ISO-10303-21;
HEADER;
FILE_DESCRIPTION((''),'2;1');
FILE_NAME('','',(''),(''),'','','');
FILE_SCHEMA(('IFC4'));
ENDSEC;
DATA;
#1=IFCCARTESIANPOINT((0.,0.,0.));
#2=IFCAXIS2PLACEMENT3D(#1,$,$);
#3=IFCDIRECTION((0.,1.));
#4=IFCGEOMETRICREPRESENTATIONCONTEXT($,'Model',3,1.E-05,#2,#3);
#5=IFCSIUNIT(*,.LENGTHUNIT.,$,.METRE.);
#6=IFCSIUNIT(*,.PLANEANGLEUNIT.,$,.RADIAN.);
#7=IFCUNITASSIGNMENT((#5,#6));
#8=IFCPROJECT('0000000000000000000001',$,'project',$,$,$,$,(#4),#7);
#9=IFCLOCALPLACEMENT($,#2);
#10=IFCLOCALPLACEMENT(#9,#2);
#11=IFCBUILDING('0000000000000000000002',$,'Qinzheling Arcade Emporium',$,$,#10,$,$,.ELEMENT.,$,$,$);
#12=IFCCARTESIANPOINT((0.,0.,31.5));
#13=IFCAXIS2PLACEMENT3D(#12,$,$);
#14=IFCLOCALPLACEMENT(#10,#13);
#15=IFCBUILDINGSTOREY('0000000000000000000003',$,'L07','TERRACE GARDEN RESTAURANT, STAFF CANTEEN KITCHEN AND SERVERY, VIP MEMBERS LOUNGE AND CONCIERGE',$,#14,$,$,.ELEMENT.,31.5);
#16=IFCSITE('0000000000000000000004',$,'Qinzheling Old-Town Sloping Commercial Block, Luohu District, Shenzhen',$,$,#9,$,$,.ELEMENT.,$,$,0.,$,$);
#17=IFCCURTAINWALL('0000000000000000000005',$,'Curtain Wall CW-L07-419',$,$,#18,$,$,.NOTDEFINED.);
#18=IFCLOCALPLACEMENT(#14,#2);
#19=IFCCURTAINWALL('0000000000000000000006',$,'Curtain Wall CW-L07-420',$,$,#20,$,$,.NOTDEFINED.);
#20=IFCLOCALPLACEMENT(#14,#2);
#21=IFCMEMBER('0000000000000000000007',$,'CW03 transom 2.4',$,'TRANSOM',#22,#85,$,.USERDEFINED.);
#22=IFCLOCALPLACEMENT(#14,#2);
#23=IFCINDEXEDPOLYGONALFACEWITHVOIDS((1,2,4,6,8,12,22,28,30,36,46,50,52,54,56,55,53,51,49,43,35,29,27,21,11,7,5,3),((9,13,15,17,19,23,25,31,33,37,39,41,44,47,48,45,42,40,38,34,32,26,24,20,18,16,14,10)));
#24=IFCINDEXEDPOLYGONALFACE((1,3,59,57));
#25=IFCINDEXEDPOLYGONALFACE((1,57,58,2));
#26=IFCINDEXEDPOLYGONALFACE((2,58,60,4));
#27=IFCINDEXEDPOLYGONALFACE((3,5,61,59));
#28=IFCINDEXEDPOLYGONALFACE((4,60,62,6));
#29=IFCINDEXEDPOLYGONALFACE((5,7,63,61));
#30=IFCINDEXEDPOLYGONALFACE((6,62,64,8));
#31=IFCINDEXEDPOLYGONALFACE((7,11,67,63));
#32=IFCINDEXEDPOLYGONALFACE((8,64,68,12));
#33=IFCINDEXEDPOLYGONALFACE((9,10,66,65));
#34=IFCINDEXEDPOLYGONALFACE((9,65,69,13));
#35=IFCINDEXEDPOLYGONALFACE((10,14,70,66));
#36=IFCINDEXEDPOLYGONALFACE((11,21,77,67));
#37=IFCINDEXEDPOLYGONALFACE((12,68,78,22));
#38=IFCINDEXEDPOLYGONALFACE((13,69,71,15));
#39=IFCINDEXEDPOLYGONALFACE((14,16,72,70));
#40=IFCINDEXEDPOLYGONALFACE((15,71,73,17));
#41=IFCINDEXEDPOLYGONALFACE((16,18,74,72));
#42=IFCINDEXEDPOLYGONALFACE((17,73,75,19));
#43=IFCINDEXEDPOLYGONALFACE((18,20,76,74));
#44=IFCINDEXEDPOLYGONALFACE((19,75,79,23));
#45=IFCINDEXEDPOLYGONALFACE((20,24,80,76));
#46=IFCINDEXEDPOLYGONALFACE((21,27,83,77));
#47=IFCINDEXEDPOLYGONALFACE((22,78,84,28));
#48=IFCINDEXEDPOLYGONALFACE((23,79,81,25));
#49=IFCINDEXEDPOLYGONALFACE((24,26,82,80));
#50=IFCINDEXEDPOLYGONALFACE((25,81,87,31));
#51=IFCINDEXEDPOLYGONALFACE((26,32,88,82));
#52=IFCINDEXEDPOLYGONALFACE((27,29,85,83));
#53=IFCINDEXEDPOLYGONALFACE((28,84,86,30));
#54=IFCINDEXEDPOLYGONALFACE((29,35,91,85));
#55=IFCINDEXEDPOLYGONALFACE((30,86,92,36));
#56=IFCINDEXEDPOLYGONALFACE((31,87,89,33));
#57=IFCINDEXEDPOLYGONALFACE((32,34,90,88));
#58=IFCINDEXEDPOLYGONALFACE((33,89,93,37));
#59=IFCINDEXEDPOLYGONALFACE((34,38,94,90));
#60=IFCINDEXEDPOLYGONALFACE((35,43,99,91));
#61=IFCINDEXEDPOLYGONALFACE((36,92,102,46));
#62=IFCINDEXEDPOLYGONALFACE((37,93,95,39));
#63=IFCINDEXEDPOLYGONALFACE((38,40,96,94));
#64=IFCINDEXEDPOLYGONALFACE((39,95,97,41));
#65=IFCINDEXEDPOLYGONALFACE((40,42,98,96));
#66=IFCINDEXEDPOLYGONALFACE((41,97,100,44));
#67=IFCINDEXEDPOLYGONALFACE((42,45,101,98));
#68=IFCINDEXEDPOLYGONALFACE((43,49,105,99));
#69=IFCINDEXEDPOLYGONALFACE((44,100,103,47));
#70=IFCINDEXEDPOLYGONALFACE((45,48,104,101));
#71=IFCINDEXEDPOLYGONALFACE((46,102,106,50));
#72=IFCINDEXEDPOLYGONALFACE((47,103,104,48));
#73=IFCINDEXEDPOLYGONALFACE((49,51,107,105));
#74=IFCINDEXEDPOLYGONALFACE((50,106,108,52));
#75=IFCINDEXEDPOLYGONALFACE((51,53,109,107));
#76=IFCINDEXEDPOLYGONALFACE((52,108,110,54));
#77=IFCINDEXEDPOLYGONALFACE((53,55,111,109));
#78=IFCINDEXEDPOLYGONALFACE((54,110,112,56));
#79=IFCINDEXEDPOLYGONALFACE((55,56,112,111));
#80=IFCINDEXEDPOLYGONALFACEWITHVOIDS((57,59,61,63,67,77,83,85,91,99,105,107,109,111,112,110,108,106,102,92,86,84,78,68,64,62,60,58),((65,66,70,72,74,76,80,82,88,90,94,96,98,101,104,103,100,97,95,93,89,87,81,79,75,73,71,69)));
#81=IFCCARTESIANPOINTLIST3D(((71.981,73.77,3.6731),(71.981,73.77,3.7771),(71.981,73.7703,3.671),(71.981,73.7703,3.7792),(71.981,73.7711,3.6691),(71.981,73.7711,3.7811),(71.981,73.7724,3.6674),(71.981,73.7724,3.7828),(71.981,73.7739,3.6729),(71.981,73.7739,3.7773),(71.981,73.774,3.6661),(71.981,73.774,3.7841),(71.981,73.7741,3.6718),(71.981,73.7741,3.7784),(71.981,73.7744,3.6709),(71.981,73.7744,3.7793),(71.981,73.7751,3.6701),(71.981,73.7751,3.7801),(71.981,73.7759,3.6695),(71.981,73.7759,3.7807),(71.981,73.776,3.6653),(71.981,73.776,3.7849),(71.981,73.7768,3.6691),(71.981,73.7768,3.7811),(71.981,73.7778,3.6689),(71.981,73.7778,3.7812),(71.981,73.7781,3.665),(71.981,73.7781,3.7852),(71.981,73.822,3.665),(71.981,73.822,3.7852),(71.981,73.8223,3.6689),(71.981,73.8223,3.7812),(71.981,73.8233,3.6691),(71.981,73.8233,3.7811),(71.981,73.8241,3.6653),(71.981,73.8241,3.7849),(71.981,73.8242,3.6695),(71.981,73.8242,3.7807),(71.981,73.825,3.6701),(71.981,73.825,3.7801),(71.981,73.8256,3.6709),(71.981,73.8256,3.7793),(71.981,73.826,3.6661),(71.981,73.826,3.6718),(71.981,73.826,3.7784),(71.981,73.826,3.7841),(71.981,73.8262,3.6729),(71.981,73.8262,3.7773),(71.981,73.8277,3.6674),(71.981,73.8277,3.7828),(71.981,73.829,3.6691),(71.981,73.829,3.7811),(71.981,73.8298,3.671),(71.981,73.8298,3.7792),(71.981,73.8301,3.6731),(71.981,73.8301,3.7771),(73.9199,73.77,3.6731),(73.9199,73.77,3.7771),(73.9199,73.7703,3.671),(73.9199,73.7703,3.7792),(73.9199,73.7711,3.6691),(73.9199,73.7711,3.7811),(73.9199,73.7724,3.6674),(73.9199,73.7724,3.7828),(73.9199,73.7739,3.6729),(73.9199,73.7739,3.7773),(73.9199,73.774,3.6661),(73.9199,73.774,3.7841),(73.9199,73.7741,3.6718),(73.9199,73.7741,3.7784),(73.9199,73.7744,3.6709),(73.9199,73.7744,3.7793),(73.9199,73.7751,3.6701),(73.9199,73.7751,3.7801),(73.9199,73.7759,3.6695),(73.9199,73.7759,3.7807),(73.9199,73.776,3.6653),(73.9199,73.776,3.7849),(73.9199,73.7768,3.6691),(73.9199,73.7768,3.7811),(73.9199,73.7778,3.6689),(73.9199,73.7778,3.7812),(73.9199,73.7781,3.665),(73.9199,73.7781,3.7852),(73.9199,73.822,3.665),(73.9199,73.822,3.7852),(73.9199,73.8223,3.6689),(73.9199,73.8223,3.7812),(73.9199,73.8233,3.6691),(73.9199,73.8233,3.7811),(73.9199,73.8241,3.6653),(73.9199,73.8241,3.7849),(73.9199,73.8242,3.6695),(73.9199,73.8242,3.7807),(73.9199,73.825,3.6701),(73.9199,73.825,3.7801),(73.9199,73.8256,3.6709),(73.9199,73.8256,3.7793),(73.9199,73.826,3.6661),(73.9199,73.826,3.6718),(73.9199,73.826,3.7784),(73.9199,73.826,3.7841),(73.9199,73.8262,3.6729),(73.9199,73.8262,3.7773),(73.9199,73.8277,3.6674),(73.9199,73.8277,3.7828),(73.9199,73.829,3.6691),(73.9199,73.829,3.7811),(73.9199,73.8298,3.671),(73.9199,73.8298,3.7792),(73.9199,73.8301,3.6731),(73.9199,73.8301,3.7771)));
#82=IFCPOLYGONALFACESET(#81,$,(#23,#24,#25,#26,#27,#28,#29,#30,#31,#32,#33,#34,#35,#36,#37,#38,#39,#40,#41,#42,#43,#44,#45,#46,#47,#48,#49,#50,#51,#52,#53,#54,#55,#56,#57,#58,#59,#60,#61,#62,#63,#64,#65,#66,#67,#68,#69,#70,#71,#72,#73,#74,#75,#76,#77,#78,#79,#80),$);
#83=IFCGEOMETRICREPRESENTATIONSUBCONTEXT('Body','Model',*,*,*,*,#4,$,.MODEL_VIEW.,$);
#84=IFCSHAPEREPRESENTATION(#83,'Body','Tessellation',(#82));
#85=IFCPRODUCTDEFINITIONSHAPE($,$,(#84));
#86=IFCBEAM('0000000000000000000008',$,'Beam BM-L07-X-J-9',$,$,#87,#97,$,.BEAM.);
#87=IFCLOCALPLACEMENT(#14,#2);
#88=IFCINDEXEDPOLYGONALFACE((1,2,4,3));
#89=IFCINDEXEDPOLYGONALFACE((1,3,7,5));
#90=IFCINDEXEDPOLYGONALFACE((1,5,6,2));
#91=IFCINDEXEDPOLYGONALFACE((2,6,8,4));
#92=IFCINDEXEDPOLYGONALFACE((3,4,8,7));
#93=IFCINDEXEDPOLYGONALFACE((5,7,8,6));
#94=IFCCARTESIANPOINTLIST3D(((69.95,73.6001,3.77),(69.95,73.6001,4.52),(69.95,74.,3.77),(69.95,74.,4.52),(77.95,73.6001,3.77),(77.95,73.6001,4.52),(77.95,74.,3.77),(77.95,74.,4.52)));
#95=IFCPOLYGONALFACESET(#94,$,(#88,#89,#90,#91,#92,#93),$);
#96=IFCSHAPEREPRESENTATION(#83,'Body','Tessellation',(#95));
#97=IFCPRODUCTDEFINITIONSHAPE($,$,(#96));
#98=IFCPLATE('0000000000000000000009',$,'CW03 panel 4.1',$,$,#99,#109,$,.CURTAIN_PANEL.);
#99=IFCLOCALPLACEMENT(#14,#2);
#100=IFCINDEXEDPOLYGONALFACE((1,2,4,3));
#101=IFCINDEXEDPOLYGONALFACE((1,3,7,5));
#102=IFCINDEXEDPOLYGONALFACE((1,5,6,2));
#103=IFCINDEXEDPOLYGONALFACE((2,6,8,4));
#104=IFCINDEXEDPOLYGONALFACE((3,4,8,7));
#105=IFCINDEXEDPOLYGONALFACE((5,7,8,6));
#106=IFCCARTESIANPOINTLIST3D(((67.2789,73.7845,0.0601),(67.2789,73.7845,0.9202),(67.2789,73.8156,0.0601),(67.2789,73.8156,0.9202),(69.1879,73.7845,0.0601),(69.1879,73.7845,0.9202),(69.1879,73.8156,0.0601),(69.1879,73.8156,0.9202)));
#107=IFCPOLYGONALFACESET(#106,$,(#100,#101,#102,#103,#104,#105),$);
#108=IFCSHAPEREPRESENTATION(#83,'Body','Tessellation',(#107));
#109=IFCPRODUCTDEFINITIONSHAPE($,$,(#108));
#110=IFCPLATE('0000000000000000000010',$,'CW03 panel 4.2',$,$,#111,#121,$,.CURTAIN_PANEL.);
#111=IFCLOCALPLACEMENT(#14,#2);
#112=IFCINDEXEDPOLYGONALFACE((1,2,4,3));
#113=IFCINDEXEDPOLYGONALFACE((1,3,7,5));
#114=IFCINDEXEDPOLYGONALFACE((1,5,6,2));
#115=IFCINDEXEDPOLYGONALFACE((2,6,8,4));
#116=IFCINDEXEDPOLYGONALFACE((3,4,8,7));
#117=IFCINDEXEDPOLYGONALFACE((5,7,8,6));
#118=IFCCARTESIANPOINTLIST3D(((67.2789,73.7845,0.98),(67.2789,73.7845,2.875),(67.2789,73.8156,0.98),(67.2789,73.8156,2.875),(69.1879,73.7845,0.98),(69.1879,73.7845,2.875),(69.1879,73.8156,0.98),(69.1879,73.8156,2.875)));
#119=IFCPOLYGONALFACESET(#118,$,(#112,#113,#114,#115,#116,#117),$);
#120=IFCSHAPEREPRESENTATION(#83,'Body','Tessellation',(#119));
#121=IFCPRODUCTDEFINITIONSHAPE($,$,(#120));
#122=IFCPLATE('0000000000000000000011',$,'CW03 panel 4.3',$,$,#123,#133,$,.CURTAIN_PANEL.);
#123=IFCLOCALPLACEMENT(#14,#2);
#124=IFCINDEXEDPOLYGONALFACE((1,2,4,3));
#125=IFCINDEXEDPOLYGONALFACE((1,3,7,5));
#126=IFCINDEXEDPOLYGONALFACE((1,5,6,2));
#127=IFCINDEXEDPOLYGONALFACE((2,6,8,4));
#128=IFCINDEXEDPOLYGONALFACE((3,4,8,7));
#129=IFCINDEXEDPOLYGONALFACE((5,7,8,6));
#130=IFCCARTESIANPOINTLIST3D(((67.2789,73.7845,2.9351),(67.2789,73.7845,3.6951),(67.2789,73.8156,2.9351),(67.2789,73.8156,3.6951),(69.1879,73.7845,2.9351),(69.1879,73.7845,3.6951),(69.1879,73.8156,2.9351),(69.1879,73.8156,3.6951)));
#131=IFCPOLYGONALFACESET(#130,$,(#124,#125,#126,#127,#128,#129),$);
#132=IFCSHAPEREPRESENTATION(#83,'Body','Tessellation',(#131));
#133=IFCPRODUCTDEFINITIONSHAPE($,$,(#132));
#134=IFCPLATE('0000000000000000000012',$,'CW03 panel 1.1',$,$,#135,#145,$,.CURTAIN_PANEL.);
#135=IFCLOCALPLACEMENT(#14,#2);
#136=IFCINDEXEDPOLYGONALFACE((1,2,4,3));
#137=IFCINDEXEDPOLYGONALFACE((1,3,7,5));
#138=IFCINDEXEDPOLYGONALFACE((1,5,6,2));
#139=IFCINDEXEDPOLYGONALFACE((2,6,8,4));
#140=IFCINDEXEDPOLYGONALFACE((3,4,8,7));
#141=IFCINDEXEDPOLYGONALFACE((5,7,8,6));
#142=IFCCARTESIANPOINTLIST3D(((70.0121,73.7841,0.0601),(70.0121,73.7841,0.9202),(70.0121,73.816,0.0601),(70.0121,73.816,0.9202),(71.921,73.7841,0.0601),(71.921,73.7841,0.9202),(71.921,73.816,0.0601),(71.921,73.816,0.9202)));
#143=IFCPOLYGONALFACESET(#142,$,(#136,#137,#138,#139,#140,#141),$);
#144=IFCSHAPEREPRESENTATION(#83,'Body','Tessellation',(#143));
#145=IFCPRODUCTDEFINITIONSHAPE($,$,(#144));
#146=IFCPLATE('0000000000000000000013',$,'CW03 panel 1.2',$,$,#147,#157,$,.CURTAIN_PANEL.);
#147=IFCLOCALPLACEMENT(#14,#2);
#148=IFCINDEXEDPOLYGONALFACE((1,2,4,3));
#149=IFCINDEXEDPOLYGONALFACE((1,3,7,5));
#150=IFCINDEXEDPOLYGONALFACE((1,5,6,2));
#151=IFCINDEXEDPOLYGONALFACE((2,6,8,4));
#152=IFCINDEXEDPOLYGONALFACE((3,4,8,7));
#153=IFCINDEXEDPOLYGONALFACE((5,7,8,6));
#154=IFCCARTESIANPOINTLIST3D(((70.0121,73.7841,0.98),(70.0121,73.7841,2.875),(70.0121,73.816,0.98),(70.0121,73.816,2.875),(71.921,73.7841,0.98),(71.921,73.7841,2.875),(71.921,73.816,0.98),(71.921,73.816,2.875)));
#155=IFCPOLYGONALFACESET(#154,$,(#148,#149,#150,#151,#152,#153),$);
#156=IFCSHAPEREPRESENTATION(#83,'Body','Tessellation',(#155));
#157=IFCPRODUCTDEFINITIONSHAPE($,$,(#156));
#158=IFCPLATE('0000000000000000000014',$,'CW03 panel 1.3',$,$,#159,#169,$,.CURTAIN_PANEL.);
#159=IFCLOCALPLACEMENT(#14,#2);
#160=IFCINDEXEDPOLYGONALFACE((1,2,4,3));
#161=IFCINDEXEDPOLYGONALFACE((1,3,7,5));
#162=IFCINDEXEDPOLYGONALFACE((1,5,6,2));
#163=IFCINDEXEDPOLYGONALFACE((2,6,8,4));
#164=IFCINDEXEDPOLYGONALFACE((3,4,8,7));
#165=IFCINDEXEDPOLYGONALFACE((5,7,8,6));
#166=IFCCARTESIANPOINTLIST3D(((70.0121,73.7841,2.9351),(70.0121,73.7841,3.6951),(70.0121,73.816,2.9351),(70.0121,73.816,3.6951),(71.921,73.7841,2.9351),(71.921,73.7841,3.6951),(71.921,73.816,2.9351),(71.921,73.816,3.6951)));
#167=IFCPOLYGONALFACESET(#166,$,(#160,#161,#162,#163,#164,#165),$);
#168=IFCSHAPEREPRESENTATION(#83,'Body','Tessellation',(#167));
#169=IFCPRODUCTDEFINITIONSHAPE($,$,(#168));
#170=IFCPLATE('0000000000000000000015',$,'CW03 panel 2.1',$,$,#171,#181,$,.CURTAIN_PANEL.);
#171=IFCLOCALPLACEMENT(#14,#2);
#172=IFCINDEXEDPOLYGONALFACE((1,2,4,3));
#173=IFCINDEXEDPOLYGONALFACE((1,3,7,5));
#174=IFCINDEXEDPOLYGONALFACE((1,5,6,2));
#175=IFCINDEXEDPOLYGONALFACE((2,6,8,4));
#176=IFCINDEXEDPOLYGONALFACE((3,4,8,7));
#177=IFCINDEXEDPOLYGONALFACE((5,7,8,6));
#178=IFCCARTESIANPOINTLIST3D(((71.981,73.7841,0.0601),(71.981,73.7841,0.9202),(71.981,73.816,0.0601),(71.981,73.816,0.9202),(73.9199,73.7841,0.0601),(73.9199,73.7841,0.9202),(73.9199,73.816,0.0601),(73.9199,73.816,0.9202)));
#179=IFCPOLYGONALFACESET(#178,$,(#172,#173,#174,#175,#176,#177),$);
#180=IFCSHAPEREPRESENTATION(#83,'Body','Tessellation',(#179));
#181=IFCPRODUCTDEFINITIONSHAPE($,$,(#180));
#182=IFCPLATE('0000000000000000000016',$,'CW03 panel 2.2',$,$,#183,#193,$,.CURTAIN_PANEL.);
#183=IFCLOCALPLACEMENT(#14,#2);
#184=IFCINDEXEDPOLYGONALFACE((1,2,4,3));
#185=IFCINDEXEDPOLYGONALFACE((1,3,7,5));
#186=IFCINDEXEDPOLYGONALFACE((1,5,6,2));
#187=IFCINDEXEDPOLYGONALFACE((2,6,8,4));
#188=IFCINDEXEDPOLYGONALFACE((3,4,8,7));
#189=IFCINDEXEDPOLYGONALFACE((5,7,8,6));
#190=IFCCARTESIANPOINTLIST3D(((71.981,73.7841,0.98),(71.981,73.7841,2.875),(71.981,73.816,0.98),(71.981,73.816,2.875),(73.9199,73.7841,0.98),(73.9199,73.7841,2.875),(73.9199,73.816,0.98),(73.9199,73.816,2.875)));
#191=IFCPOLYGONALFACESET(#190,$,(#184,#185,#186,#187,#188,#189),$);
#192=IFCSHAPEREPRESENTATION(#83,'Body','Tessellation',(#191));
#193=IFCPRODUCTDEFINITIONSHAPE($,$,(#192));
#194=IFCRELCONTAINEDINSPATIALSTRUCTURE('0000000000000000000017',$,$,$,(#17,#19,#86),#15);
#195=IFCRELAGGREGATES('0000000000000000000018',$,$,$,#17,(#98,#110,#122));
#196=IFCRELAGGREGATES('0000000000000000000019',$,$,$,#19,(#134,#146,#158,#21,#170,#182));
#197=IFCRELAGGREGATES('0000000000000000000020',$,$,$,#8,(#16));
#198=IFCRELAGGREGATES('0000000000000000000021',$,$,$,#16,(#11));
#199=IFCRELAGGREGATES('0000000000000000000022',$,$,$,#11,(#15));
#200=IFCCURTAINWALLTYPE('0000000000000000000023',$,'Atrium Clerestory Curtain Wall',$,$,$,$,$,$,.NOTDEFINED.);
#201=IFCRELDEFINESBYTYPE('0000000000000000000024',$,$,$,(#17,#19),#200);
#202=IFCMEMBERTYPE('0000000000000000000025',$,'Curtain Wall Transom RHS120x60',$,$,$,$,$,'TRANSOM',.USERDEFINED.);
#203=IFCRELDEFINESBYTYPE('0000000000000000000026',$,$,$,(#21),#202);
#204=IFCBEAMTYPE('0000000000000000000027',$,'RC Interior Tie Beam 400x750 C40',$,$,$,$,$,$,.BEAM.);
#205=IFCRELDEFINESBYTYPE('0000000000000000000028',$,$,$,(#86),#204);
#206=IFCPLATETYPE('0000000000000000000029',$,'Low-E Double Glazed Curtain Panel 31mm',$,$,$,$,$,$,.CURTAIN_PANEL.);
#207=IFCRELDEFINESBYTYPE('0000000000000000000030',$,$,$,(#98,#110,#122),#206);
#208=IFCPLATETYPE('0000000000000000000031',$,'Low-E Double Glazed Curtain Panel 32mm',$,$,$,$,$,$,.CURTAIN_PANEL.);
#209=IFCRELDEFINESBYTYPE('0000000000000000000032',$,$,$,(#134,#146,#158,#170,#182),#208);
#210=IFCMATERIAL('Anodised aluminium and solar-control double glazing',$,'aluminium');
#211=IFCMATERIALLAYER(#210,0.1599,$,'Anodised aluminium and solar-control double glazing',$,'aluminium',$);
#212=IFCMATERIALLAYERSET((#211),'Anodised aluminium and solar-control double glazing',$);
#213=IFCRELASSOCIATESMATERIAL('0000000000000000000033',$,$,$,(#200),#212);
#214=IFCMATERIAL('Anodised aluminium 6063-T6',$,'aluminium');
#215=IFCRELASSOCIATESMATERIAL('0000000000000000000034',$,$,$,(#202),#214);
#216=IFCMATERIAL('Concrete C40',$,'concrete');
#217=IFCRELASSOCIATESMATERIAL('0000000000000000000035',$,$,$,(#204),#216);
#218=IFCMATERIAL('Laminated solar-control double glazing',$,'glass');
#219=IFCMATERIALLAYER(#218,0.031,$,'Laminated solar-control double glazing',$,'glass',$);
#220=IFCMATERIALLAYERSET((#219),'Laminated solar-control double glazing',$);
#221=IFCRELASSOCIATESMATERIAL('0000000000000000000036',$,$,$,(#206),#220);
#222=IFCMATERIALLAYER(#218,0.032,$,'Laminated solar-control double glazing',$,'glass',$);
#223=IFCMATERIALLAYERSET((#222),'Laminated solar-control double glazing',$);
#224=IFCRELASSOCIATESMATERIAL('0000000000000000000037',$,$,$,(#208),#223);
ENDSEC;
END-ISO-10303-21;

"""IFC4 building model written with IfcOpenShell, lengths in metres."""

from ifc_helpers import new_model, si_unit, direction, frame, origin, origin_2d, place, context, subcontext, project, spatial, rectangle, hollow_rectangle, extrude, material, layer, layer_set, material_profile, profile_set, type_object, element, aggregate, save


model = new_model("IFC4")

# Units and contexts
model_context = context("Model", 3, precision=1e-05, world=origin(), true_north=direction((0.0, 1.0)))
body_context = subcontext(model_context, "Body", "Model", "MODEL_VIEW")
ifc_project = project(units=[si_unit("LENGTHUNIT", "METRE"), si_unit("PLANEANGLEUNIT", "RADIAN")], contexts=[model_context])

# Site, building, storey
site_placement = place(None, origin())
site = spatial("IfcSite", under=ifc_project, at=site_placement, Name="Qinzheling Old-Town Sloping Commercial Block, Luohu District, Shenzhen", CompositionType="ELEMENT", RefElevation=0.0)
building_placement = place(site_placement, origin())
building = spatial("IfcBuilding", under=site, at=building_placement, Name="Qinzheling Arcade Emporium", CompositionType="ELEMENT")
storey_placement = place(building_placement, frame((0.0, 0.0, 31.5)))
storey = spatial("IfcBuildingStorey", under=building, at=storey_placement, Name="L07", Description="TERRACE GARDEN RESTAURANT, STAFF CANTEEN KITCHEN AND SERVERY, VIP MEMBERS LOUNGE AND CONCIERGE", CompositionType="ELEMENT", Elevation=31.5)

# Shared definitions
ifc_material_1 = material(Name="Concrete C40", Category="concrete")

# Curtain wall
ifc_material_2 = material(Name="Anodised aluminium and solar-control double glazing", Category="aluminium")
ifc_layer_1 = layer(ifc_material_2, 0.1599, Name="Anodised aluminium and solar-control double glazing", Category="aluminium")
ifc_layer_set_1 = layer_set([ifc_layer_1], Name="Anodised aluminium and solar-control double glazing")
curtain_wall_type = type_object("IfcCurtainWallType", Name="Atrium Clerestory Curtain Wall", PredefinedType="NOTDEFINED", material=ifc_layer_set_1)
curtain_wall_1_placement = place(storey_placement, origin())
curtain_wall_1 = element("IfcCurtainWall", 1, at=curtain_wall_1_placement, inside=storey, type_object=curtain_wall_type, Name="Curtain Wall CW-L07-419", PredefinedType="NOTDEFINED")
ifc_material_3 = material(Name="Anodised aluminium 6063-T6", Category="aluminium")

# Curtain wall
curtain_wall_2_placement = place(storey_placement, origin())
curtain_wall_2 = element("IfcCurtainWall", 2, at=curtain_wall_2_placement, inside=storey, type_object=curtain_wall_type, Name="Curtain Wall CW-L07-420", PredefinedType="NOTDEFINED")

# Member
ifc_material_profile_1 = material_profile(ifc_material_3, hollow_rectangle(XDim=0.0601, YDim=0.1201, WallThickness=0.0039, InnerFilletRadius=0.0039, OuterFilletRadius=0.0081, at=origin_2d()), Name="RHS 120x60x4", Category="aluminium")
ifc_profile_set_1 = profile_set([ifc_material_profile_1], Name="Anodised aluminium 6063-T6")
member_type_1 = type_object("IfcMemberType", Name="Curtain Wall Transom RHS120x60", ElementType="TRANSOM", PredefinedType="USERDEFINED", material=ifc_profile_set_1)
member_1_placement = place(storey_placement, frame((71.981, 73.8, 3.7251), z_axis=(1.0, 0.0, 0.0), x_axis=(0.0, 1.0, 0.0)))
member_1 = element("IfcMember", 3, at=member_1_placement, type_object=member_type_1, Name="CW03 transom 2.4", ObjectType="TRANSOM", PredefinedType="USERDEFINED", context=body_context, shape_type="SweptSolid", body=[
    extrude(hollow_rectangle(XDim=0.0601, YDim=0.1201, WallThickness=0.0039, InnerFilletRadius=0.0039, OuterFilletRadius=0.0081, at=origin_2d()), origin(), (0.0, 0.0, 1.0), 1.939),
])

# Beam
ifc_material_profile_2 = material_profile(ifc_material_1, rectangle(XDim=0.3999, YDim=0.75, at=origin_2d()), Name="RC 400x750", Category="concrete")
ifc_profile_set_2 = profile_set([ifc_material_profile_2], Name="Concrete C40")
beam_type = type_object("IfcBeamType", Name="RC Interior Tie Beam 400x750 C40", PredefinedType="BEAM", material=ifc_profile_set_2)
beam_placement = place(storey_placement, frame((69.95, 73.8, 4.145), z_axis=(1.0, 0.0, 0.0), x_axis=(0.0, 1.0, 0.0)))
element("IfcBeam", 4, at=beam_placement, inside=storey, type_object=beam_type, Name="Beam BM-L07-X-J-9", PredefinedType="BEAM", context=body_context, shape_type="SweptSolid", body=[
    extrude(rectangle(XDim=0.3999, YDim=0.75, at=origin_2d()), origin(), (0.0, 0.0, 1.0), 8.0),
])

# Plates
ifc_material_4 = material(Name="Laminated solar-control double glazing", Category="glass")
ifc_layer_2 = layer(ifc_material_4, 0.031, Name="Laminated solar-control double glazing", Category="glass")
ifc_layer_set_2 = layer_set([ifc_layer_2], Name="Laminated solar-control double glazing")
plate_type_1 = type_object("IfcPlateType", Name="Low-E Double Glazed Curtain Panel 31mm", PredefinedType="CURTAIN_PANEL", material=ifc_layer_set_2)
plate_1_placement = place(storey_placement, frame((68.2334, 73.8, 0.0601), z_axis=(0.0, 0.0, 1.0), x_axis=(1.0, 0.0, 0.0)))
plate_1 = element("IfcPlate", 5, at=plate_1_placement, type_object=plate_type_1, Name="CW03 panel 4.1", PredefinedType="CURTAIN_PANEL", context=body_context, shape_type="SweptSolid", body=[
    extrude(rectangle(XDim=1.9089, YDim=0.031, at=origin_2d()), origin(), (0.0, 0.0, 1.0), 0.8601),
])
plate_2_placement = place(storey_placement, frame((68.2334, 73.8, 0.98), z_axis=(0.0, 0.0, 1.0), x_axis=(1.0, 0.0, 0.0)))
plate_2 = element("IfcPlate", 6, at=plate_2_placement, type_object=plate_type_1, Name="CW03 panel 4.2", PredefinedType="CURTAIN_PANEL", context=body_context, shape_type="SweptSolid", body=[
    extrude(rectangle(XDim=1.9089, YDim=0.031, at=origin_2d()), origin(), (0.0, 0.0, 1.0), 1.895),
])
plate_3_placement = place(storey_placement, frame((68.2334, 73.8, 2.9351), z_axis=(0.0, 0.0, 1.0), x_axis=(1.0, 0.0, 0.0)))
plate_3 = element("IfcPlate", 7, at=plate_3_placement, type_object=plate_type_1, Name="CW03 panel 4.3", PredefinedType="CURTAIN_PANEL", context=body_context, shape_type="SweptSolid", body=[
    extrude(rectangle(XDim=1.9089, YDim=0.031, at=origin_2d()), origin(), (0.0, 0.0, 1.0), 0.76),
])
aggregate(curtain_wall_1, [plate_1, plate_2, plate_3])
ifc_layer_3 = layer(ifc_material_4, 0.032, Name="Laminated solar-control double glazing", Category="glass")
ifc_layer_set_3 = layer_set([ifc_layer_3], Name="Laminated solar-control double glazing")
plate_type_2 = type_object("IfcPlateType", Name="Low-E Double Glazed Curtain Panel 32mm", PredefinedType="CURTAIN_PANEL", material=ifc_layer_set_3)
plate_4_placement = place(storey_placement, frame((70.9666, 73.8, 0.0601), z_axis=(0.0, 0.0, 1.0), x_axis=(1.0, 0.0, 0.0)))
plate_4 = element("IfcPlate", 8, at=plate_4_placement, type_object=plate_type_2, Name="CW03 panel 1.1", PredefinedType="CURTAIN_PANEL", context=body_context, shape_type="SweptSolid", body=[
    extrude(rectangle(XDim=1.9089, YDim=0.032, at=origin_2d()), origin(), (0.0, 0.0, 1.0), 0.8601),
])
plate_5_placement = place(storey_placement, frame((70.9666, 73.8, 0.98), z_axis=(0.0, 0.0, 1.0), x_axis=(1.0, 0.0, 0.0)))
plate_5 = element("IfcPlate", 9, at=plate_5_placement, type_object=plate_type_2, Name="CW03 panel 1.2", PredefinedType="CURTAIN_PANEL", context=body_context, shape_type="SweptSolid", body=[
    extrude(rectangle(XDim=1.9089, YDim=0.032, at=origin_2d()), origin(), (0.0, 0.0, 1.0), 1.895),
])
plate_6_placement = place(storey_placement, frame((70.9666, 73.8, 2.9351), z_axis=(0.0, 0.0, 1.0), x_axis=(1.0, 0.0, 0.0)))
plate_6 = element("IfcPlate", 10, at=plate_6_placement, type_object=plate_type_2, Name="CW03 panel 1.3", PredefinedType="CURTAIN_PANEL", context=body_context, shape_type="SweptSolid", body=[
    extrude(rectangle(XDim=1.9089, YDim=0.032, at=origin_2d()), origin(), (0.0, 0.0, 1.0), 0.76),
])
plate_7_placement = place(storey_placement, frame((72.9504, 73.8, 0.0601), z_axis=(0.0, 0.0, 1.0), x_axis=(1.0, 0.0, 0.0)))
plate_7 = element("IfcPlate", 11, at=plate_7_placement, type_object=plate_type_2, Name="CW03 panel 2.1", PredefinedType="CURTAIN_PANEL", context=body_context, shape_type="SweptSolid", body=[
    extrude(rectangle(XDim=1.939, YDim=0.032, at=origin_2d()), origin(), (0.0, 0.0, 1.0), 0.8601),
])
plate_8_placement = place(storey_placement, frame((72.9504, 73.8, 0.98), z_axis=(0.0, 0.0, 1.0), x_axis=(1.0, 0.0, 0.0)))
plate_8 = element("IfcPlate", 12, at=plate_8_placement, type_object=plate_type_2, Name="CW03 panel 2.2", PredefinedType="CURTAIN_PANEL", context=body_context, shape_type="SweptSolid", body=[
    extrude(rectangle(XDim=1.939, YDim=0.032, at=origin_2d()), origin(), (0.0, 0.0, 1.0), 1.895),
])
aggregate(curtain_wall_2, [plate_4, plate_5, plate_6, member_1, plate_7, plate_8])

save(model, "model.ifc")
